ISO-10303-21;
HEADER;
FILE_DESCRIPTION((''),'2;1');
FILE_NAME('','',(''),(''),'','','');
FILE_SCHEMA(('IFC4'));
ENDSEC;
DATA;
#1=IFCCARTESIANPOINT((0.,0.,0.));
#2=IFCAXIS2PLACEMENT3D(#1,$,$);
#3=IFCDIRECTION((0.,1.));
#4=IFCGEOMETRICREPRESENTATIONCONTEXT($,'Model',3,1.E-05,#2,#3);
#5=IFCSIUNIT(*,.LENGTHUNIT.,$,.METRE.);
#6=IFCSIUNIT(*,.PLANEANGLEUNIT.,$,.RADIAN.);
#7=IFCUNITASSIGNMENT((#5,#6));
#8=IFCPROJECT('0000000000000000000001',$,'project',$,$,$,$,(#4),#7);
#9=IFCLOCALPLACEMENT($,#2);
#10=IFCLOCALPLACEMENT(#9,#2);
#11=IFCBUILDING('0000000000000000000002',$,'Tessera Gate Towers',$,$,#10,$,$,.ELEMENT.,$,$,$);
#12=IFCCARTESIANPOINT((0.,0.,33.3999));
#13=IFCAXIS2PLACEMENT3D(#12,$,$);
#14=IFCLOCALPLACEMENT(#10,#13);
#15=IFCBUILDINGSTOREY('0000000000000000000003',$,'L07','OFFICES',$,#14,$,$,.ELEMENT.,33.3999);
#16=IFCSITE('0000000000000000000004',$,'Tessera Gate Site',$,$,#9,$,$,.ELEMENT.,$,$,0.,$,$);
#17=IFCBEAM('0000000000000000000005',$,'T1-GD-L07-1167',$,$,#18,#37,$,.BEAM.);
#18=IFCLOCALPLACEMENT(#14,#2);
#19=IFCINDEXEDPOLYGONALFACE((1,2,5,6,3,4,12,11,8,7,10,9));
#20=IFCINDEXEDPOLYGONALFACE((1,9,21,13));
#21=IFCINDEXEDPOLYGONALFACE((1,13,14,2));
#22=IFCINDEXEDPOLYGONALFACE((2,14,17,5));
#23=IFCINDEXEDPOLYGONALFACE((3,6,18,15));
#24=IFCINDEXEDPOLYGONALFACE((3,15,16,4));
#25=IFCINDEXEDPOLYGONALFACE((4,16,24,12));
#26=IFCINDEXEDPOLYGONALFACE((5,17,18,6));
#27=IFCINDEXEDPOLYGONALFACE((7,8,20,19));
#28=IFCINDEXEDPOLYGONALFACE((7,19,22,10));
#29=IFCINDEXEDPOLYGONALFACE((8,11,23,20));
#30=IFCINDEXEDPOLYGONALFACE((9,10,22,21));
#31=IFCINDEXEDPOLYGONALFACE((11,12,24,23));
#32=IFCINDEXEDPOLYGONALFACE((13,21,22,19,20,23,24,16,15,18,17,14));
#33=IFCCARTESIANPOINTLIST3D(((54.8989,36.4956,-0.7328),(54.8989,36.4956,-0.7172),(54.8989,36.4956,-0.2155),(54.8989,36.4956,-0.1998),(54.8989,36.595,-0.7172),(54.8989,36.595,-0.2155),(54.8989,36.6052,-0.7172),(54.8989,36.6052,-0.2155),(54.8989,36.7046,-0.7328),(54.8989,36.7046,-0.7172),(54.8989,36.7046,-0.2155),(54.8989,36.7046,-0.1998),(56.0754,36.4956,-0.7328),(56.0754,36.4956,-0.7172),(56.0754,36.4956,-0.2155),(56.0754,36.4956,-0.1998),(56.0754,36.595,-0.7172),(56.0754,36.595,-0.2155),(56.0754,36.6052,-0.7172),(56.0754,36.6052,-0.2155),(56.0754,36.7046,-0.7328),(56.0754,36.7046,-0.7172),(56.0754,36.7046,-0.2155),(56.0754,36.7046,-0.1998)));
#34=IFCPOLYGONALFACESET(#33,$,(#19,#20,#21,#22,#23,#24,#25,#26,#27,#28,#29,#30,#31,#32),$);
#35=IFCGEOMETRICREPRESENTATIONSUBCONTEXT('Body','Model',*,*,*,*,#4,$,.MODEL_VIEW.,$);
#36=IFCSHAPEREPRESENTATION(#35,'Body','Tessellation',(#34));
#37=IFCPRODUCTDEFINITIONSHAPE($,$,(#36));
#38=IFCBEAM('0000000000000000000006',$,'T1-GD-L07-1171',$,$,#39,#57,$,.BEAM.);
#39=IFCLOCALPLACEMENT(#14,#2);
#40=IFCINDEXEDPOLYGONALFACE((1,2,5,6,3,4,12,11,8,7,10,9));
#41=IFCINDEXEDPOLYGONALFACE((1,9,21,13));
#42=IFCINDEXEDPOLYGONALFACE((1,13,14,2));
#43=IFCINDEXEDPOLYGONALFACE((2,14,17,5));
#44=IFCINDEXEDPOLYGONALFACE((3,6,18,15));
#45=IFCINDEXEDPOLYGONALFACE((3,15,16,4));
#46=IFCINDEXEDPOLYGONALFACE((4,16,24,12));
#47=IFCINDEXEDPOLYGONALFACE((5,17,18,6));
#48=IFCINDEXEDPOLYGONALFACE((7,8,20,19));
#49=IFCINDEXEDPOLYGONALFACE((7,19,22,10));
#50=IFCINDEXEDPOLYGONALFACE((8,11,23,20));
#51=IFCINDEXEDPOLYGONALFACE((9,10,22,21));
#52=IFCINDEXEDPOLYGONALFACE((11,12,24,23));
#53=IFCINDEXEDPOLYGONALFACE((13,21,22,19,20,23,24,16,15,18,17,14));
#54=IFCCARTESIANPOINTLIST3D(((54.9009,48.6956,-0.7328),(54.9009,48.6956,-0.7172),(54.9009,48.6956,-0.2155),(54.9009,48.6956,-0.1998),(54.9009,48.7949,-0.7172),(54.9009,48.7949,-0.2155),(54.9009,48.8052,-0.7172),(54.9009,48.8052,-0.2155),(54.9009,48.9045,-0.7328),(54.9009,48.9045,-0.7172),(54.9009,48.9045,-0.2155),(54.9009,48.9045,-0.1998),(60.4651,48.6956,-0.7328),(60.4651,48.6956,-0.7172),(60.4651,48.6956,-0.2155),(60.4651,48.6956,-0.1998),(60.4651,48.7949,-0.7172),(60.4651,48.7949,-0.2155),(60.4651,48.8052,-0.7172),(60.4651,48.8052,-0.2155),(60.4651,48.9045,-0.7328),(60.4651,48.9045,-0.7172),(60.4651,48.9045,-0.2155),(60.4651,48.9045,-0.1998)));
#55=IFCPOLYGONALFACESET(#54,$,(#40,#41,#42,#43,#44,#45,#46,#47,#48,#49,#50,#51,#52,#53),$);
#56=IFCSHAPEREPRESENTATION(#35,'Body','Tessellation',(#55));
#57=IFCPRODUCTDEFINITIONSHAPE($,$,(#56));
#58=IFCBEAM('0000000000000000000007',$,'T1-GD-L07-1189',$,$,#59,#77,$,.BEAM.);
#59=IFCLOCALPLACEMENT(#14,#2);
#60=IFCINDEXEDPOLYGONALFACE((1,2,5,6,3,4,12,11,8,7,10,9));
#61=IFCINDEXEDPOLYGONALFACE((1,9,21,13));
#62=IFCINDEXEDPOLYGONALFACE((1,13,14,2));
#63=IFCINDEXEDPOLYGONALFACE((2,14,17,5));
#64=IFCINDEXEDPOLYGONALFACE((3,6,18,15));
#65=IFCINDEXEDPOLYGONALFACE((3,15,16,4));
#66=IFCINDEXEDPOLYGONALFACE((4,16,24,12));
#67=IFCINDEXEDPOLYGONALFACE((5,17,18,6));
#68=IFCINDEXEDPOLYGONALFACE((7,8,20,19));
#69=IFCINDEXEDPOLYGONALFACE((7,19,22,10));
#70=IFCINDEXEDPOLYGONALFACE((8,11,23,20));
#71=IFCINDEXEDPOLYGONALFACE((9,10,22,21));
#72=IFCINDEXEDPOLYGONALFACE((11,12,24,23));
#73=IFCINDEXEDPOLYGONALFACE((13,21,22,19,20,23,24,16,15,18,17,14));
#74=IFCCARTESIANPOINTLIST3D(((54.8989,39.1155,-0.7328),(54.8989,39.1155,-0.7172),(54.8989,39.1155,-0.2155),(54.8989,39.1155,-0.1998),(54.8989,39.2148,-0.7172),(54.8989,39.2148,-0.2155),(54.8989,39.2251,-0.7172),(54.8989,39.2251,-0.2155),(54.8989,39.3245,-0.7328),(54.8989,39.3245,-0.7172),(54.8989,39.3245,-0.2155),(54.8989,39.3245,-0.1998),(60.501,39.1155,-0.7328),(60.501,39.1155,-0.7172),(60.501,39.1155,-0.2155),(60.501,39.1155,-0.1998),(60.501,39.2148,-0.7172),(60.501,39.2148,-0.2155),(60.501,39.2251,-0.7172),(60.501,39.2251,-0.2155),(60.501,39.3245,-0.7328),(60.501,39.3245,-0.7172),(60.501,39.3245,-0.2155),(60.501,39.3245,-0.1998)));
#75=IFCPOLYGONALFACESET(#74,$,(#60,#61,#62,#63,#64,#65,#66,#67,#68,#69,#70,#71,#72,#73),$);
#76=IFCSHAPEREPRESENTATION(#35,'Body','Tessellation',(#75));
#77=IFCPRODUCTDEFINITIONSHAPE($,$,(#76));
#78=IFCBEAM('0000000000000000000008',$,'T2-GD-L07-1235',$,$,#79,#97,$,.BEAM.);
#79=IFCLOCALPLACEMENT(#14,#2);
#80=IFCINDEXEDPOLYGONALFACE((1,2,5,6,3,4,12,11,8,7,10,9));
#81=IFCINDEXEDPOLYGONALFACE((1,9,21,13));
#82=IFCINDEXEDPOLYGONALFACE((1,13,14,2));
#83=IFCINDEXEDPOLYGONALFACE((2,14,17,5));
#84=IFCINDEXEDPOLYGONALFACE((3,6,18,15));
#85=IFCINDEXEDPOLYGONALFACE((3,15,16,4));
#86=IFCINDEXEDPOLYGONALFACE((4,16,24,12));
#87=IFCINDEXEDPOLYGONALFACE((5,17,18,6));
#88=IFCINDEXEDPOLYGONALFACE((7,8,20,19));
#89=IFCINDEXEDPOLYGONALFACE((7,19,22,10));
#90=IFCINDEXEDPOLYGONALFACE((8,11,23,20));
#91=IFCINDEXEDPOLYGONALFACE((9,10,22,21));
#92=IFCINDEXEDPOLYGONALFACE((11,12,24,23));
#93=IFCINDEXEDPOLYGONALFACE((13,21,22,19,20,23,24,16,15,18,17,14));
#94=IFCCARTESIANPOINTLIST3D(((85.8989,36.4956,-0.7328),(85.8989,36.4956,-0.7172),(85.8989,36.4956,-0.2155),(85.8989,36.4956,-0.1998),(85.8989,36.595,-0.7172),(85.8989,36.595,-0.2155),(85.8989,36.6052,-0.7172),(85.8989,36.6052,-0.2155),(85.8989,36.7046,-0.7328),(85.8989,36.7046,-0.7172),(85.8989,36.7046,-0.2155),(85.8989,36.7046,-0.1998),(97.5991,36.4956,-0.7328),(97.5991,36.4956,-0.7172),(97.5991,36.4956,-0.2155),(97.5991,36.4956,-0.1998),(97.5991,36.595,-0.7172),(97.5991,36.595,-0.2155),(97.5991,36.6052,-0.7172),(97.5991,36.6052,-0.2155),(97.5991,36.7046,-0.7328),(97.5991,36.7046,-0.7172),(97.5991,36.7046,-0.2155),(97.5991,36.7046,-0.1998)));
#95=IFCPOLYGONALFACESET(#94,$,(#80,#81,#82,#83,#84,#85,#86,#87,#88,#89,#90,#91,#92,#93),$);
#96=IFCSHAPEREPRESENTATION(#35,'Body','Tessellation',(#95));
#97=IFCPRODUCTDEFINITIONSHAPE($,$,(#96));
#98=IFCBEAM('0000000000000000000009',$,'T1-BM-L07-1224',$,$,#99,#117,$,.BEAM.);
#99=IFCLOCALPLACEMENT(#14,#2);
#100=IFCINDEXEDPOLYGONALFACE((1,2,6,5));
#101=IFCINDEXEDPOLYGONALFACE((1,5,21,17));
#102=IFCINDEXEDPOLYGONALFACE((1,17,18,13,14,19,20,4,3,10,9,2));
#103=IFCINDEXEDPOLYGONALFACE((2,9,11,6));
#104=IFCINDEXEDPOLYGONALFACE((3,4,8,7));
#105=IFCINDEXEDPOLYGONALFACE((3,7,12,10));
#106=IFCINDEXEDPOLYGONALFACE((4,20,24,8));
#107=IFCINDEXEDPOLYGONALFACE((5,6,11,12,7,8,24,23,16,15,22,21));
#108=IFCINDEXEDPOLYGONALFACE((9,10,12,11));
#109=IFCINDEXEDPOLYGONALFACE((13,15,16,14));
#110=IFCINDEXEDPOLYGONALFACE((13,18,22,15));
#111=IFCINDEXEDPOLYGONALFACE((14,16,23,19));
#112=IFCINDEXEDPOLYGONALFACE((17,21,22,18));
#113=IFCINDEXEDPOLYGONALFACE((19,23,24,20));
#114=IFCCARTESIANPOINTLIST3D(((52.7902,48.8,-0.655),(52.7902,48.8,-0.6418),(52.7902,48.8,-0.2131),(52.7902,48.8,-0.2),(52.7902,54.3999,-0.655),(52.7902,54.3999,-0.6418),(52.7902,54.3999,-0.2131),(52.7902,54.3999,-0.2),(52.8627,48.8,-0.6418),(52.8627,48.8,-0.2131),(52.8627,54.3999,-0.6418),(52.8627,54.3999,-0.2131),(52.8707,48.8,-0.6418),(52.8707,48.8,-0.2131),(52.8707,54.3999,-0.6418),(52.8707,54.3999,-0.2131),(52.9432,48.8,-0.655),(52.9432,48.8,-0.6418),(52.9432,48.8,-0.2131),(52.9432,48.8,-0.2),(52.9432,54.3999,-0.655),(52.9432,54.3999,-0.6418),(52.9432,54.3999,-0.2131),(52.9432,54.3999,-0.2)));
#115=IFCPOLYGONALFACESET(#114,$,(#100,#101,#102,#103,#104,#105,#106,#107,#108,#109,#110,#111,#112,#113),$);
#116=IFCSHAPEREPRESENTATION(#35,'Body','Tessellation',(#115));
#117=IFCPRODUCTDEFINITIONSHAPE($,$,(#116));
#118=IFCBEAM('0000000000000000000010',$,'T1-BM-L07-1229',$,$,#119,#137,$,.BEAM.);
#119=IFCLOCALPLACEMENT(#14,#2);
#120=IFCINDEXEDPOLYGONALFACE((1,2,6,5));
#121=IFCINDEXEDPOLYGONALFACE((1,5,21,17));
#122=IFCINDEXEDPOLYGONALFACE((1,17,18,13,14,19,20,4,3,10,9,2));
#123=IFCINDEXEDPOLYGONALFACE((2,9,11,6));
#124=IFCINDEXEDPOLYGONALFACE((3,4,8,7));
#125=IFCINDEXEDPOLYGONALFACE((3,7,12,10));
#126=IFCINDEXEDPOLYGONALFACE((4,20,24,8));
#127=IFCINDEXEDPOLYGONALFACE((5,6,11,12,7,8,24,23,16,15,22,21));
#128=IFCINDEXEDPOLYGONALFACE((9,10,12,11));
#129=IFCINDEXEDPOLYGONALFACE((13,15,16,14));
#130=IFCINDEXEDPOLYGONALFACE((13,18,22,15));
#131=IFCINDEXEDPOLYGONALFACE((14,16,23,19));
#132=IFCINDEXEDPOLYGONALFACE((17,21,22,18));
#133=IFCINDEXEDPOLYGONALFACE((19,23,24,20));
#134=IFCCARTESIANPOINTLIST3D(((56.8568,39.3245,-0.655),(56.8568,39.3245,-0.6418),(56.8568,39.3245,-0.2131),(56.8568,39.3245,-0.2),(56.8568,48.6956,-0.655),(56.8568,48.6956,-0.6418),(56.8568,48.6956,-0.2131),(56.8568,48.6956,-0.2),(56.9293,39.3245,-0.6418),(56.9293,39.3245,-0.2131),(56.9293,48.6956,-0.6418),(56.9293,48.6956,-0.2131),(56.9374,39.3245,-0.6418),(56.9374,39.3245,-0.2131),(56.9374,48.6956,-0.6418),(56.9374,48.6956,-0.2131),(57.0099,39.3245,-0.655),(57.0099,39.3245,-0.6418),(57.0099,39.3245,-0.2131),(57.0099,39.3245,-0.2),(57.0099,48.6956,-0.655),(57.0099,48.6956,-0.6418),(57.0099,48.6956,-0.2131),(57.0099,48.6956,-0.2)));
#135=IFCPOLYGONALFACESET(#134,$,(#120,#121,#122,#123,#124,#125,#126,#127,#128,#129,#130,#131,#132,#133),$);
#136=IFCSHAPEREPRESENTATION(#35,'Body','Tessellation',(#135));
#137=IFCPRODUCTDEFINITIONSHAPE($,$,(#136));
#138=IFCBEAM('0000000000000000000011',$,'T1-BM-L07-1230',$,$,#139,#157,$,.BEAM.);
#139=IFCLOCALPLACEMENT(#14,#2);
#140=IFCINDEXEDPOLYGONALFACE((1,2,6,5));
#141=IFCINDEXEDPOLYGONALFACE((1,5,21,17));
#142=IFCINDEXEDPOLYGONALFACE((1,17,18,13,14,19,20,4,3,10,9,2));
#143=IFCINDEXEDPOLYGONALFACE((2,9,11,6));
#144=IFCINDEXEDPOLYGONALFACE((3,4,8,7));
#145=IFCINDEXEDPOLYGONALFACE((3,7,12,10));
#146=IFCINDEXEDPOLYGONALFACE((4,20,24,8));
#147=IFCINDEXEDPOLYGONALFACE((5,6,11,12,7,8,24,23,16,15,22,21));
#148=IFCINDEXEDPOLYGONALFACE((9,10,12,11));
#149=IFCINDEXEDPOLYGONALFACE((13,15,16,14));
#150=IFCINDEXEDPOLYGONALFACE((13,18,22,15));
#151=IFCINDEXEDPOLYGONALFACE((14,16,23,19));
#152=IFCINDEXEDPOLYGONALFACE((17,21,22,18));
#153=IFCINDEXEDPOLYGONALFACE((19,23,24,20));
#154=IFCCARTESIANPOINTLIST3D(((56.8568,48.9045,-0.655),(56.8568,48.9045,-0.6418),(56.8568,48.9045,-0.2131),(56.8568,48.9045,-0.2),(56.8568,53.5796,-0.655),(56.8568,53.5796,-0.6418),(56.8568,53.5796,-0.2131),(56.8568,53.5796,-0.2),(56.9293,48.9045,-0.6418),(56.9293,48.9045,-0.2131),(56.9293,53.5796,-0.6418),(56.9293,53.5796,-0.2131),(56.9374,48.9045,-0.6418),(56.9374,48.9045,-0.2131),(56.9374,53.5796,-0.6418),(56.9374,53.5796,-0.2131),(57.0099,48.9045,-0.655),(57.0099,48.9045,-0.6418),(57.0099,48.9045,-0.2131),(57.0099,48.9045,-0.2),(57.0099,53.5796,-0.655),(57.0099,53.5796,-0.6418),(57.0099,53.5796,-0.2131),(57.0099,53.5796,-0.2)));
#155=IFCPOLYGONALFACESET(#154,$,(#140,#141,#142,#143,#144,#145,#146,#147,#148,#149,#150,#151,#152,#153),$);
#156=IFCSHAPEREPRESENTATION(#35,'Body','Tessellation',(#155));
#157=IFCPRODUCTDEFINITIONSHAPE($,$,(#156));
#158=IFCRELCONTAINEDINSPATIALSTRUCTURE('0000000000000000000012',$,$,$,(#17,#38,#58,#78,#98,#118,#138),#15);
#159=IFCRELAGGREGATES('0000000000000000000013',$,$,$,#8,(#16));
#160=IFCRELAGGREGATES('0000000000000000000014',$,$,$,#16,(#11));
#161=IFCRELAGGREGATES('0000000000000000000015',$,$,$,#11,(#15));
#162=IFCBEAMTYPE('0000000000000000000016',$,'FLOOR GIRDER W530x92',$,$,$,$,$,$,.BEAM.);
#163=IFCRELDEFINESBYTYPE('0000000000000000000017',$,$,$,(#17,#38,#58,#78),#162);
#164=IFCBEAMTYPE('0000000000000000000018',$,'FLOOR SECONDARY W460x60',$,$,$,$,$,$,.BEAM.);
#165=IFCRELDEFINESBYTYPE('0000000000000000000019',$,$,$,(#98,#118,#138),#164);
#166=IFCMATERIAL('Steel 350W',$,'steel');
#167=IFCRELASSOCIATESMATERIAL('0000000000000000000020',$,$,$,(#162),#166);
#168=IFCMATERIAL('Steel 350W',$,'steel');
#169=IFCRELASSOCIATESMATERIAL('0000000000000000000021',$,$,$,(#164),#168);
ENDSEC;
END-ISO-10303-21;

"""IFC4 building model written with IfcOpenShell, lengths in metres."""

from ifc_helpers import new_model, si_unit, direction, frame, origin, origin_2d, place, context, subcontext, project, spatial, i_section, extrude, material, material_profile, profile_set, type_object, element, save


model = new_model("IFC4")

# Units and contexts
model_context = context("Model", 3, precision=1e-05, world=origin(), true_north=direction((0.0, 1.0)))
body_context = subcontext(model_context, "Body", "Model", "MODEL_VIEW")
ifc_project = project(units=[si_unit("LENGTHUNIT", "METRE"), si_unit("PLANEANGLEUNIT", "RADIAN")], contexts=[model_context])

# Site, building, storey
site_placement = place(None, origin())
site = spatial("IfcSite", under=ifc_project, at=site_placement, Name="Tessera Gate Site", CompositionType="ELEMENT", RefElevation=0.0)
building_placement = place(site_placement, origin())
building = spatial("IfcBuilding", under=site, at=building_placement, Name="Tessera Gate Towers", CompositionType="ELEMENT")
storey_placement = place(building_placement, frame((0.0, 0.0, 33.3999)))
storey = spatial("IfcBuildingStorey", under=building, at=storey_placement, Name="L07", Description="OFFICES", CompositionType="ELEMENT", Elevation=33.3999)

# Beams
ifc_material_1 = material(Name="Steel 350W", Category="steel")
ifc_material_profile_1 = material_profile(ifc_material_1, i_section(OverallWidth=0.209, OverallDepth=0.533, WebThickness=0.0103, FlangeThickness=0.0156, at=origin_2d()), Name="W530x92")
ifc_profile_set_1 = profile_set([ifc_material_profile_1], Name="Steel 350W")
beam_type_1 = type_object("IfcBeamType", Name="FLOOR GIRDER W530x92", PredefinedType="BEAM", material=ifc_profile_set_1)
beam_1_placement = place(storey_placement, frame((54.8989, 36.6001, -0.4663), z_axis=(1.0, 0.0, 0.0), x_axis=(0.0, 1.0, 0.0)))
element("IfcBeam", 1, at=beam_1_placement, inside=storey, type_object=beam_type_1, Name="T1-GD-L07-1167", PredefinedType="BEAM", context=body_context, shape_type="SweptSolid", body=[
    extrude(i_section(OverallWidth=0.209, OverallDepth=0.533, WebThickness=0.0103, FlangeThickness=0.0156, at=origin_2d()), origin(), (0.0, 0.0, 1.0), 1.1765),
])
beam_2_placement = place(storey_placement, frame((54.9009, 48.8, -0.4663), z_axis=(1.0, 0.0, 0.0), x_axis=(0.0, 1.0, 0.0)))
element("IfcBeam", 2, at=beam_2_placement, inside=storey, type_object=beam_type_1, Name="T1-GD-L07-1171", PredefinedType="BEAM", context=body_context, shape_type="SweptSolid", body=[
    extrude(i_section(OverallWidth=0.209, OverallDepth=0.533, WebThickness=0.0103, FlangeThickness=0.0156, at=origin_2d()), origin(), (0.0, 0.0, 1.0), 5.5642),
])
beam_3_placement = place(storey_placement, frame((54.8989, 39.22, -0.4663), z_axis=(1.0, 0.0, 0.0), x_axis=(0.0, 1.0, 0.0)))
element("IfcBeam", 3, at=beam_3_placement, inside=storey, type_object=beam_type_1, Name="T1-GD-L07-1189", PredefinedType="BEAM", context=body_context, shape_type="SweptSolid", body=[
    extrude(i_section(OverallWidth=0.209, OverallDepth=0.533, WebThickness=0.0103, FlangeThickness=0.0156, at=origin_2d()), origin(), (0.0, 0.0, 1.0), 5.6021),
])
beam_4_placement = place(storey_placement, frame((85.8989, 36.6001, -0.4663), z_axis=(1.0, 0.0, 0.0), x_axis=(0.0, 1.0, 0.0)))
element("IfcBeam", 4, at=beam_4_placement, inside=storey, type_object=beam_type_1, Name="T2-GD-L07-1235", PredefinedType="BEAM", context=body_context, shape_type="SweptSolid", body=[
    extrude(i_section(OverallWidth=0.209, OverallDepth=0.533, WebThickness=0.0103, FlangeThickness=0.0156, at=origin_2d()), origin(), (0.0, 0.0, 1.0), 11.7002),
])
ifc_material_2 = material(Name="Steel 350W", Category="steel")
ifc_material_profile_2 = material_profile(ifc_material_2, i_section(OverallWidth=0.1531, OverallDepth=0.4551, WebThickness=0.0081, FlangeThickness=0.0132, at=origin_2d()), Name="W460x60")
ifc_profile_set_2 = profile_set([ifc_material_profile_2], Name="Steel 350W")
beam_type_2 = type_object("IfcBeamType", Name="FLOOR SECONDARY W460x60", PredefinedType="BEAM", material=ifc_profile_set_2)
beam_5_placement = place(storey_placement, frame((52.8667, 48.8, -0.4275), z_axis=(0.0, 1.0, 0.0), x_axis=(-1.0, 0.0, 0.0)))
element("IfcBeam", 5, at=beam_5_placement, inside=storey, type_object=beam_type_2, Name="T1-BM-L07-1224", PredefinedType="BEAM", context=body_context, shape_type="SweptSolid", body=[
    extrude(i_section(OverallWidth=0.1531, OverallDepth=0.4551, WebThickness=0.0081, FlangeThickness=0.0132, at=origin_2d()), origin(), (0.0, 0.0, 1.0), 5.5999),
])
beam_6_placement = place(storey_placement, frame((56.9333, 39.3245, -0.4275), z_axis=(0.0, 1.0, 0.0), x_axis=(-1.0, 0.0, 0.0)))
element("IfcBeam", 6, at=beam_6_placement, inside=storey, type_object=beam_type_2, Name="T1-BM-L07-1229", PredefinedType="BEAM", context=body_context, shape_type="SweptSolid", body=[
    extrude(i_section(OverallWidth=0.1531, OverallDepth=0.4551, WebThickness=0.0081, FlangeThickness=0.0132, at=origin_2d()), origin(), (0.0, 0.0, 1.0), 9.3711),
])
beam_7_placement = place(storey_placement, frame((56.9333, 48.9045, -0.4275), z_axis=(0.0, 1.0, 0.0), x_axis=(-1.0, 0.0, 0.0)))
element("IfcBeam", 7, at=beam_7_placement, inside=storey, type_object=beam_type_2, Name="T1-BM-L07-1230", PredefinedType="BEAM", context=body_context, shape_type="SweptSolid", body=[
    extrude(i_section(OverallWidth=0.1531, OverallDepth=0.4551, WebThickness=0.0081, FlangeThickness=0.0132, at=origin_2d()), origin(), (0.0, 0.0, 1.0), 4.675),
])

save(model, "model.ifc")
